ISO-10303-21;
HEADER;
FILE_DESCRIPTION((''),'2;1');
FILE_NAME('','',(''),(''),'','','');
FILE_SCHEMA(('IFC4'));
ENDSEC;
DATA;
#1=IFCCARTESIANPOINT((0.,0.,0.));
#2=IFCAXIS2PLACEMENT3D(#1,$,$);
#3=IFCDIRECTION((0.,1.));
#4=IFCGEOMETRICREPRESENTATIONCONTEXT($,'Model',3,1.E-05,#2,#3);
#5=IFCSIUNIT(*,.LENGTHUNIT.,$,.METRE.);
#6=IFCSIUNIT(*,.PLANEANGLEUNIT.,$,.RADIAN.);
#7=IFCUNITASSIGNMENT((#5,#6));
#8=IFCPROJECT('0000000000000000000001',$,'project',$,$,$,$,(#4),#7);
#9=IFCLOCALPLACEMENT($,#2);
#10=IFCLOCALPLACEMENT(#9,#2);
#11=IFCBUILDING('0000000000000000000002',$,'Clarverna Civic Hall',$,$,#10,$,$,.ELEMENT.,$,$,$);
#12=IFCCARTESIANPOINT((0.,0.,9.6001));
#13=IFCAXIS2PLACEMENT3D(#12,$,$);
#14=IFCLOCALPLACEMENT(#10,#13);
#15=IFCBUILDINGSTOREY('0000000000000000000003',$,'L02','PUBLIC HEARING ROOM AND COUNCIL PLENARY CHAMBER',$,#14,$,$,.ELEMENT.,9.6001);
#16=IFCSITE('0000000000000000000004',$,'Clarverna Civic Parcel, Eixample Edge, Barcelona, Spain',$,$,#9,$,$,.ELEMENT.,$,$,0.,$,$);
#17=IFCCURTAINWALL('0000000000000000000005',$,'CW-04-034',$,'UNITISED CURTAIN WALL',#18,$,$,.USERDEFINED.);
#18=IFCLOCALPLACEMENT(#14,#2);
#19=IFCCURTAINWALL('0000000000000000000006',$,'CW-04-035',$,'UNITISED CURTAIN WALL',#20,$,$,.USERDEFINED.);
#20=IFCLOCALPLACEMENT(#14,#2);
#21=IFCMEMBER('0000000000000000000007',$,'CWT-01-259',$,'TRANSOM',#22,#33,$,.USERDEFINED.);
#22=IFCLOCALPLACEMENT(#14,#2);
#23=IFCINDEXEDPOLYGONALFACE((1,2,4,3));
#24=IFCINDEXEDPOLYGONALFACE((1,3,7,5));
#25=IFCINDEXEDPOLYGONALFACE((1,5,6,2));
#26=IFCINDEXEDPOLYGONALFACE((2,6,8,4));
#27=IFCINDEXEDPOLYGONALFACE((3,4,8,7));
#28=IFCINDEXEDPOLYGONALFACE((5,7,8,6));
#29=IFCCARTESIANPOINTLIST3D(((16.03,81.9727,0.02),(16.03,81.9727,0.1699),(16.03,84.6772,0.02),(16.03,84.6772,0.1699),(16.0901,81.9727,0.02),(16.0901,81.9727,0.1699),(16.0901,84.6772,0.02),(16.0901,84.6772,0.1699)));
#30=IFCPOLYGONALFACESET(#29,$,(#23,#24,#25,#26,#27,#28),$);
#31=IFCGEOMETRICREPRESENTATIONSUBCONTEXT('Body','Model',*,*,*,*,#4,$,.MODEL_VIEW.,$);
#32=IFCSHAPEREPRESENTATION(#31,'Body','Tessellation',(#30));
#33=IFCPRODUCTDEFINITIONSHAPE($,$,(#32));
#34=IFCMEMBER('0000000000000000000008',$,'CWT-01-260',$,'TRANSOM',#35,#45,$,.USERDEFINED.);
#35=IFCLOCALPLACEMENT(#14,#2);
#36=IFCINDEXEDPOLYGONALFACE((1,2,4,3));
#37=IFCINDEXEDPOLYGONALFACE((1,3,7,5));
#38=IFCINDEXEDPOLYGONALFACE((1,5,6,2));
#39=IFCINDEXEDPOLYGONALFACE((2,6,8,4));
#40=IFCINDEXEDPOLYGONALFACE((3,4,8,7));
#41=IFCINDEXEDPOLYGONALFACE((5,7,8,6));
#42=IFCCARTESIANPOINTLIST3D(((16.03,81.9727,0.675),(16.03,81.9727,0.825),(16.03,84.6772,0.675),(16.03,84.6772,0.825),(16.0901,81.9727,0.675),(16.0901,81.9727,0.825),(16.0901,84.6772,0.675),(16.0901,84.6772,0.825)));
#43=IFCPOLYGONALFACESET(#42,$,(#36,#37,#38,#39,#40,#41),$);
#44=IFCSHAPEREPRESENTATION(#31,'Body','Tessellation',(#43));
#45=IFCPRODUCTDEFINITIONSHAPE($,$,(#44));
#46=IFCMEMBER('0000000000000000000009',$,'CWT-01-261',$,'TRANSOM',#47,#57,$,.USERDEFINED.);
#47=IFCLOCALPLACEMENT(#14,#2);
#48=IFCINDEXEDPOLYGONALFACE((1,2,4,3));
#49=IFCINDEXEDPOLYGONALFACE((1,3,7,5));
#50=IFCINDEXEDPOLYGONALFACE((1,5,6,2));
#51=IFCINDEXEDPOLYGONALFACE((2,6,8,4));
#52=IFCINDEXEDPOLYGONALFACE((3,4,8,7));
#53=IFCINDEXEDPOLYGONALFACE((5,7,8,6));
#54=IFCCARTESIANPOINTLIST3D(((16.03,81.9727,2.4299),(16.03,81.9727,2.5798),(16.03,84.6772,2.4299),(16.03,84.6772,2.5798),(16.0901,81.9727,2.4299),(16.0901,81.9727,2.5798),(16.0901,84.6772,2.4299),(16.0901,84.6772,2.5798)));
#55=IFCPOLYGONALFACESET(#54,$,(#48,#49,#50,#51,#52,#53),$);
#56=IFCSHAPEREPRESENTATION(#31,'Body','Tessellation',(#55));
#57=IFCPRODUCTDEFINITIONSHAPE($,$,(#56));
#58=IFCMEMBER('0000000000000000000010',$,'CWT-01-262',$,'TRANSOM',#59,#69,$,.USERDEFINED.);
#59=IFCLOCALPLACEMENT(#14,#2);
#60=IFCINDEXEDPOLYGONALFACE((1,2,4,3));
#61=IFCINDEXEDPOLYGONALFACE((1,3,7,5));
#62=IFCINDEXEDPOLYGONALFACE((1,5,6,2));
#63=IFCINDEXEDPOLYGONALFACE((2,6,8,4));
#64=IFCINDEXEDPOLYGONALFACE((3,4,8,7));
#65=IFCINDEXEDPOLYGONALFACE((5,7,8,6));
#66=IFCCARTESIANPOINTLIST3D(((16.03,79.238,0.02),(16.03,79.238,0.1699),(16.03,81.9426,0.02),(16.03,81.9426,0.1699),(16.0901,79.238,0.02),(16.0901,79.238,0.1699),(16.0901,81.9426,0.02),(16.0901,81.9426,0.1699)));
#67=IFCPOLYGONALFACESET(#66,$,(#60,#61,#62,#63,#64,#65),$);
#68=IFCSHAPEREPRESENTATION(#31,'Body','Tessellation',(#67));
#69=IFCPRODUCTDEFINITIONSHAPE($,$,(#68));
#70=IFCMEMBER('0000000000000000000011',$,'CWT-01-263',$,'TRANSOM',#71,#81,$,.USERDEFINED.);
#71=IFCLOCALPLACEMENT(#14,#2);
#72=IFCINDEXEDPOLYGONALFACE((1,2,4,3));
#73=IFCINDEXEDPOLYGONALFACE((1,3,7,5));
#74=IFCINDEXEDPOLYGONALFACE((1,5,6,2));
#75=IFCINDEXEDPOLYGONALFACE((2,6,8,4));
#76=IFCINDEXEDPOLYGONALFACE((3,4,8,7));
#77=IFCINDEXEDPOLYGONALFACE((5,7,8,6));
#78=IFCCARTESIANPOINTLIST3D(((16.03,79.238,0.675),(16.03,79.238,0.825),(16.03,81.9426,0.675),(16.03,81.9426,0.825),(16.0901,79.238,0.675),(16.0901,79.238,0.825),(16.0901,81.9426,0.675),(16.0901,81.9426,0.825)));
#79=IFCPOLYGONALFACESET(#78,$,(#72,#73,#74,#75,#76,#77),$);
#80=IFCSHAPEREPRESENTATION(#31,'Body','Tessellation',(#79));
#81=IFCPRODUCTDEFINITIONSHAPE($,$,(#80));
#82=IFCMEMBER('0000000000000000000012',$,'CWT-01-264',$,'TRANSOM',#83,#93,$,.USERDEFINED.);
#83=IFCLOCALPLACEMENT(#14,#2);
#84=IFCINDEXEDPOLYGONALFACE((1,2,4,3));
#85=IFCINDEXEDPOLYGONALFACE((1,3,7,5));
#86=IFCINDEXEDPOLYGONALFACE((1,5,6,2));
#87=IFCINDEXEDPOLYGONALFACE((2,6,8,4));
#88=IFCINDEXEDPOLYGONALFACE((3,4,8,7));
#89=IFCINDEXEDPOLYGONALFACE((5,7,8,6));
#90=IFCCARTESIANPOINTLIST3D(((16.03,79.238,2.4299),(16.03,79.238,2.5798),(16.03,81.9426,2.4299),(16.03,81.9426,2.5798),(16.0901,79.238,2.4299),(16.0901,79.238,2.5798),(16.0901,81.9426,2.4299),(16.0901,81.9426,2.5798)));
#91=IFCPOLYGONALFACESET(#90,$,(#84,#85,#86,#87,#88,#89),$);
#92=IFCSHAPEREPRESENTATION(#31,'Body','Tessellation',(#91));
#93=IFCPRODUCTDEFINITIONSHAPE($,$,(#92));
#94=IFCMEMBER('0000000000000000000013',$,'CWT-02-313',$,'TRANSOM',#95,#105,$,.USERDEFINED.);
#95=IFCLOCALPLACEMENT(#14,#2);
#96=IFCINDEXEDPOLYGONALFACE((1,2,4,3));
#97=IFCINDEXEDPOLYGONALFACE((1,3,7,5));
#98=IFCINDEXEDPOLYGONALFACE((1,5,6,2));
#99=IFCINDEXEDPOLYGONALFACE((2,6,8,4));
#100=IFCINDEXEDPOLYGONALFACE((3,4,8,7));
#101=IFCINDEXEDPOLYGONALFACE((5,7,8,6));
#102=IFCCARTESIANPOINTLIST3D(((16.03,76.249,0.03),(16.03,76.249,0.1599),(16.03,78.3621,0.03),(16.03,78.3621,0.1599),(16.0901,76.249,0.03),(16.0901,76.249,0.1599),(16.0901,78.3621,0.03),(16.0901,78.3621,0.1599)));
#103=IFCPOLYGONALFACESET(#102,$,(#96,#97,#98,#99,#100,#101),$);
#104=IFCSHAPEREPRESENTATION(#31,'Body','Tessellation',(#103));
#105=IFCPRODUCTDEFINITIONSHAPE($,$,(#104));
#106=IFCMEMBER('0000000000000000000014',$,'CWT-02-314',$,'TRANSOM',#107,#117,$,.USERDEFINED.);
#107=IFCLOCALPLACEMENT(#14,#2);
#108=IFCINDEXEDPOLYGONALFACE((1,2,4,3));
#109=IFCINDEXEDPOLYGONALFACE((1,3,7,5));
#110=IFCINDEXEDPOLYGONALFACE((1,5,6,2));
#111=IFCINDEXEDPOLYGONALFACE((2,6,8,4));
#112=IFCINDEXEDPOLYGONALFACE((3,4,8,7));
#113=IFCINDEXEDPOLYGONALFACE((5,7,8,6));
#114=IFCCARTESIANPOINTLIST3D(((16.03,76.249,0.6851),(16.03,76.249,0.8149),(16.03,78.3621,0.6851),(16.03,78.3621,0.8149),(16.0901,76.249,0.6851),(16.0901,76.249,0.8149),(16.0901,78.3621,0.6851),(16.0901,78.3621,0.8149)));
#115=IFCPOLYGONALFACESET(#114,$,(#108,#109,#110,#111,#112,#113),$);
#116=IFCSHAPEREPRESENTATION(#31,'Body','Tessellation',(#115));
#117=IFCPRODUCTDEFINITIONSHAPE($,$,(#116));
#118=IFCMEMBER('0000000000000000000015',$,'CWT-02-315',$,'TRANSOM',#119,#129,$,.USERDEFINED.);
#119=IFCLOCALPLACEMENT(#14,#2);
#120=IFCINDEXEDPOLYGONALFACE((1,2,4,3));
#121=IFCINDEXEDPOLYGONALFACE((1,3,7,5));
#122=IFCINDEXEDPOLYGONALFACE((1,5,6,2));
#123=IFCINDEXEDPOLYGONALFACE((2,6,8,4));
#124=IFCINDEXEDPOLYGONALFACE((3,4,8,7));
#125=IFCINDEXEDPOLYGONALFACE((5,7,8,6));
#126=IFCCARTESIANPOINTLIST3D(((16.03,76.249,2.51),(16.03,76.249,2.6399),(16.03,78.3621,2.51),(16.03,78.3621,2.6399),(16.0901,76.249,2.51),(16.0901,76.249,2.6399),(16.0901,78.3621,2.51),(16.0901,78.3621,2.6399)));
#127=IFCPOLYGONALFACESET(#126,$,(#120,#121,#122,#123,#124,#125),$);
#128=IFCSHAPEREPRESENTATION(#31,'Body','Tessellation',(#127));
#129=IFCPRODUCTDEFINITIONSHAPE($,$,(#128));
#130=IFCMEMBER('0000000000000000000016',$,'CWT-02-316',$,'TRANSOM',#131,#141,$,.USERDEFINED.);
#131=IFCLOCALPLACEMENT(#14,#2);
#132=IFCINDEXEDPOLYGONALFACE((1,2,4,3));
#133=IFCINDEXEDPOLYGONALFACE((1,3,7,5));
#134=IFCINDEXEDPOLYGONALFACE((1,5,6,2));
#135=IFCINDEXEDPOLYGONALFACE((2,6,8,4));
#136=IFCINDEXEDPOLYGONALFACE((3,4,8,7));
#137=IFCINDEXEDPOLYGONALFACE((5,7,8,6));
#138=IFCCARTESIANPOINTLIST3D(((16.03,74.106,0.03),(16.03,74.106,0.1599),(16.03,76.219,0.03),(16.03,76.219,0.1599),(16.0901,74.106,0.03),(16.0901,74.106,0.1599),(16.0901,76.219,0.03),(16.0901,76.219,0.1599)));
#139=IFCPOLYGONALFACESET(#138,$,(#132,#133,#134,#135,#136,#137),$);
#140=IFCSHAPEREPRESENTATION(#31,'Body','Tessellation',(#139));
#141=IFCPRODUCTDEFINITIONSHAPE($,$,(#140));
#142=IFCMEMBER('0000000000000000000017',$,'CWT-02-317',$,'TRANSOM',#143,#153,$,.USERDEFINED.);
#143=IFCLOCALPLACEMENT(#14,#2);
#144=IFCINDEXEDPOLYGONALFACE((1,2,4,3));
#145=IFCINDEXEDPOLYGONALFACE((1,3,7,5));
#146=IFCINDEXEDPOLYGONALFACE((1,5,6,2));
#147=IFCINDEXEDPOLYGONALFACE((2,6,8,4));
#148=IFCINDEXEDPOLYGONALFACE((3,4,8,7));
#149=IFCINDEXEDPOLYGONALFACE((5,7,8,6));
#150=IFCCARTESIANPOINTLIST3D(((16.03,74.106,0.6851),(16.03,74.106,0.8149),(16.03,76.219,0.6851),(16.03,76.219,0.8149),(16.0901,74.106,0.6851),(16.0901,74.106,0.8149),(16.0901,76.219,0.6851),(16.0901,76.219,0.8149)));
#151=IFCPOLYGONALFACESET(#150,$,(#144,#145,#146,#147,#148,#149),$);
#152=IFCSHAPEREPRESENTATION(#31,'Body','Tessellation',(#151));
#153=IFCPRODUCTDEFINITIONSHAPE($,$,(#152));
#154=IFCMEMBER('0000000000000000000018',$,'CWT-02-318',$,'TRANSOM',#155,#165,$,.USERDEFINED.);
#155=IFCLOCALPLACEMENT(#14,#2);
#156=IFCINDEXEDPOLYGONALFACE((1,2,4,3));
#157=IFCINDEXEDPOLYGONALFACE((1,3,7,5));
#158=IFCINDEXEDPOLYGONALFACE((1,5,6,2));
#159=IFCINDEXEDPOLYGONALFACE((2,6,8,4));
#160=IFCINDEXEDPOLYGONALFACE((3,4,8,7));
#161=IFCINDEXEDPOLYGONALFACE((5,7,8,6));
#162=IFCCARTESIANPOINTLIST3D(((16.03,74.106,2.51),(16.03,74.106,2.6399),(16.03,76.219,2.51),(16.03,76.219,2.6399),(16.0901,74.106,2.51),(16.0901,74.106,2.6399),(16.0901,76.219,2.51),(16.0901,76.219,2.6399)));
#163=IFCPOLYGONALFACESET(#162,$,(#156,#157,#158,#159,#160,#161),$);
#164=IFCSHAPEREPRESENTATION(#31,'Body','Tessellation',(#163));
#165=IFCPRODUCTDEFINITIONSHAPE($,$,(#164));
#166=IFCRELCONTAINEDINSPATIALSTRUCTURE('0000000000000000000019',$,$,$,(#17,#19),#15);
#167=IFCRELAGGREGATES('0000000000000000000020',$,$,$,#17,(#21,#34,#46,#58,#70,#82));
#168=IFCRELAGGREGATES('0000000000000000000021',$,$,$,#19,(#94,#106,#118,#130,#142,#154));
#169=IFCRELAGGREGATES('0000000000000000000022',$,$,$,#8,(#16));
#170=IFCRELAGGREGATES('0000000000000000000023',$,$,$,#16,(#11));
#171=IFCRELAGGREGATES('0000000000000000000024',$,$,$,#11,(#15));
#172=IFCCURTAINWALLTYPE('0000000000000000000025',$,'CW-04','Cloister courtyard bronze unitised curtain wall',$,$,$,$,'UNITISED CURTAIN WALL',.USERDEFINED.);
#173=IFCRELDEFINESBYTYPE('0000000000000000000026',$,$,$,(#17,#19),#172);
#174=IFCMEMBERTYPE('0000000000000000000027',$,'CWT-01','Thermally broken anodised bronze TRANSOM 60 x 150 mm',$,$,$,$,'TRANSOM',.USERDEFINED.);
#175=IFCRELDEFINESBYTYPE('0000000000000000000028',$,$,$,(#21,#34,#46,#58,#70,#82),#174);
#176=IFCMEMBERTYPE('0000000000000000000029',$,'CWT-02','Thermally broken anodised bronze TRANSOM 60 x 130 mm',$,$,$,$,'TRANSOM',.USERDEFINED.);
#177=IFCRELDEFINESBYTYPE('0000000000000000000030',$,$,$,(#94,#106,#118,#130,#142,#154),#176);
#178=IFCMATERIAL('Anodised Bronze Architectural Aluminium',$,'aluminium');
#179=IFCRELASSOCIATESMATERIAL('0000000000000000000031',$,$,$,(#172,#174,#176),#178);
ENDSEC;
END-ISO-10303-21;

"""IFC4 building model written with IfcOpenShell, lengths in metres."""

from ifc_helpers import new_model, si_unit, direction, frame, origin, origin_2d, place, context, subcontext, project, spatial, rectangle, extrude, material, material_profile, profile_set, type_object, element, aggregate, save


model = new_model("IFC4")

# Units and contexts
model_context = context("Model", 3, precision=1e-05, world=origin(), true_north=direction((0.0, 1.0)))
body_context = subcontext(model_context, "Body", "Model", "MODEL_VIEW")
ifc_project = project(units=[si_unit("LENGTHUNIT", "METRE"), si_unit("PLANEANGLEUNIT", "RADIAN")], contexts=[model_context])

# Site, building, storey
site_placement = place(None, origin())
site = spatial("IfcSite", under=ifc_project, at=site_placement, Name="Clarverna Civic Parcel, Eixample Edge, Barcelona, Spain", CompositionType="ELEMENT", RefElevation=0.0)
building_placement = place(site_placement, origin())
building = spatial("IfcBuilding", under=site, at=building_placement, Name="Clarverna Civic Hall", CompositionType="ELEMENT")
storey_placement = place(building_placement, frame((0.0, 0.0, 9.6001)))
storey = spatial("IfcBuildingStorey", under=building, at=storey_placement, Name="L02", Description="PUBLIC HEARING ROOM AND COUNCIL PLENARY CHAMBER", CompositionType="ELEMENT", Elevation=9.6001)

# Curtain walls
ifc_material_1 = material(Name="Anodised Bronze Architectural Aluminium", Category="aluminium")
curtain_wall_type = type_object("IfcCurtainWallType", Name="CW-04", Description="Cloister courtyard bronze unitised curtain wall", ElementType="UNITISED CURTAIN WALL", PredefinedType="USERDEFINED", material=ifc_material_1)
curtain_wall_1_placement = place(storey_placement, origin())
curtain_wall_1 = element("IfcCurtainWall", 1, at=curtain_wall_1_placement, inside=storey, type_object=curtain_wall_type, Name="CW-04-034", ObjectType="UNITISED CURTAIN WALL", PredefinedType="USERDEFINED")
curtain_wall_2_placement = place(storey_placement, origin())
curtain_wall_2 = element("IfcCurtainWall", 2, at=curtain_wall_2_placement, inside=storey, type_object=curtain_wall_type, Name="CW-04-035", ObjectType="UNITISED CURTAIN WALL", PredefinedType="USERDEFINED")

# Members
ifc_material_profile_1 = material_profile(ifc_material_1, rectangle(XDim=0.0601, YDim=0.1499, at=origin_2d()), Name="BRONZE 60x150")
ifc_profile_set_1 = profile_set([ifc_material_profile_1], Name="Anodised Bronze Architectural Aluminium")
member_type_1 = type_object("IfcMemberType", Name="CWT-01", Description="Thermally broken anodised bronze TRANSOM 60 x 150 mm", ElementType="TRANSOM", PredefinedType="USERDEFINED", material=ifc_profile_set_1)
member_1_placement = place(storey_placement, frame((16.0601, 84.6772, 0.095), z_axis=(0.0, -1.0, 0.0), x_axis=(1.0, 0.0, 0.0)))
member_1 = element("IfcMember", 3, at=member_1_placement, type_object=member_type_1, Name="CWT-01-259", ObjectType="TRANSOM", PredefinedType="USERDEFINED", context=body_context, shape_type="SweptSolid", body=[
    extrude(rectangle(XDim=0.0601, YDim=0.1499, at=origin_2d()), origin(), (0.0, 0.0, 1.0), 2.7046),
])
member_2_placement = place(storey_placement, frame((16.0601, 84.6772, 0.75), z_axis=(0.0, -1.0, 0.0), x_axis=(1.0, 0.0, 0.0)))
member_2 = element("IfcMember", 4, at=member_2_placement, type_object=member_type_1, Name="CWT-01-260", ObjectType="TRANSOM", PredefinedType="USERDEFINED", context=body_context, shape_type="SweptSolid", body=[
    extrude(rectangle(XDim=0.0601, YDim=0.1499, at=origin_2d()), origin(), (0.0, 0.0, 1.0), 2.7046),
])
member_3_placement = place(storey_placement, frame((16.0601, 84.6772, 2.5049), z_axis=(0.0, -1.0, 0.0), x_axis=(1.0, 0.0, 0.0)))
member_3 = element("IfcMember", 5, at=member_3_placement, type_object=member_type_1, Name="CWT-01-261", ObjectType="TRANSOM", PredefinedType="USERDEFINED", context=body_context, shape_type="SweptSolid", body=[
    extrude(rectangle(XDim=0.0601, YDim=0.1499, at=origin_2d()), origin(), (0.0, 0.0, 1.0), 2.7046),
])
member_4_placement = place(storey_placement, frame((16.0601, 81.9426, 0.095), z_axis=(0.0, -1.0, 0.0), x_axis=(1.0, 0.0, 0.0)))
member_4 = element("IfcMember", 6, at=member_4_placement, type_object=member_type_1, Name="CWT-01-262", ObjectType="TRANSOM", PredefinedType="USERDEFINED", context=body_context, shape_type="SweptSolid", body=[
    extrude(rectangle(XDim=0.0601, YDim=0.1499, at=origin_2d()), origin(), (0.0, 0.0, 1.0), 2.7046),
])
member_5_placement = place(storey_placement, frame((16.0601, 81.9426, 0.75), z_axis=(0.0, -1.0, 0.0), x_axis=(1.0, 0.0, 0.0)))
member_5 = element("IfcMember", 7, at=member_5_placement, type_object=member_type_1, Name="CWT-01-263", ObjectType="TRANSOM", PredefinedType="USERDEFINED", context=body_context, shape_type="SweptSolid", body=[
    extrude(rectangle(XDim=0.0601, YDim=0.1499, at=origin_2d()), origin(), (0.0, 0.0, 1.0), 2.7046),
])
member_6_placement = place(storey_placement, frame((16.0601, 81.9426, 2.5049), z_axis=(0.0, -1.0, 0.0), x_axis=(1.0, 0.0, 0.0)))
member_6 = element("IfcMember", 8, at=member_6_placement, type_object=member_type_1, Name="CWT-01-264", ObjectType="TRANSOM", PredefinedType="USERDEFINED", context=body_context, shape_type="SweptSolid", body=[
    extrude(rectangle(XDim=0.0601, YDim=0.1499, at=origin_2d()), origin(), (0.0, 0.0, 1.0), 2.7046),
])
ifc_material_profile_2 = material_profile(ifc_material_1, rectangle(XDim=0.0601, YDim=0.1299, at=origin_2d()), Name="BRONZE 60x130")
ifc_profile_set_2 = profile_set([ifc_material_profile_2], Name="Anodised Bronze Architectural Aluminium")
member_type_2 = type_object("IfcMemberType", Name="CWT-02", Description="Thermally broken anodised bronze TRANSOM 60 x 130 mm", ElementType="TRANSOM", PredefinedType="USERDEFINED", material=ifc_profile_set_2)
member_7_placement = place(storey_placement, frame((16.0601, 78.3621, 0.095), z_axis=(0.0, -1.0, 0.0), x_axis=(1.0, 0.0, 0.0)))
member_7 = element("IfcMember", 9, at=member_7_placement, type_object=member_type_2, Name="CWT-02-313", ObjectType="TRANSOM", PredefinedType="USERDEFINED", context=body_context, shape_type="SweptSolid", body=[
    extrude(rectangle(XDim=0.0601, YDim=0.1299, at=origin_2d()), origin(), (0.0, 0.0, 1.0), 2.113),
])
member_8_placement = place(storey_placement, frame((16.0601, 78.3621, 0.75), z_axis=(0.0, -1.0, 0.0), x_axis=(1.0, 0.0, 0.0)))
member_8 = element("IfcMember", 10, at=member_8_placement, type_object=member_type_2, Name="CWT-02-314", ObjectType="TRANSOM", PredefinedType="USERDEFINED", context=body_context, shape_type="SweptSolid", body=[
    extrude(rectangle(XDim=0.0601, YDim=0.1299, at=origin_2d()), origin(), (0.0, 0.0, 1.0), 2.113),
])
member_9_placement = place(storey_placement, frame((16.0601, 78.3621, 2.575), z_axis=(0.0, -1.0, 0.0), x_axis=(1.0, 0.0, 0.0)))
member_9 = element("IfcMember", 11, at=member_9_placement, type_object=member_type_2, Name="CWT-02-315", ObjectType="TRANSOM", PredefinedType="USERDEFINED", context=body_context, shape_type="SweptSolid", body=[
    extrude(rectangle(XDim=0.0601, YDim=0.1299, at=origin_2d()), origin(), (0.0, 0.0, 1.0), 2.113),
])
member_10_placement = place(storey_placement, frame((16.0601, 76.219, 0.095), z_axis=(0.0, -1.0, 0.0), x_axis=(1.0, 0.0, 0.0)))
member_10 = element("IfcMember", 12, at=member_10_placement, type_object=member_type_2, Name="CWT-02-316", ObjectType="TRANSOM", PredefinedType="USERDEFINED", context=body_context, shape_type="SweptSolid", body=[
    extrude(rectangle(XDim=0.0601, YDim=0.1299, at=origin_2d()), origin(), (0.0, 0.0, 1.0), 2.113),
])
member_11_placement = place(storey_placement, frame((16.0601, 76.219, 0.75), z_axis=(0.0, -1.0, 0.0), x_axis=(1.0, 0.0, 0.0)))
member_11 = element("IfcMember", 13, at=member_11_placement, type_object=member_type_2, Name="CWT-02-317", ObjectType="TRANSOM", PredefinedType="USERDEFINED", context=body_context, shape_type="SweptSolid", body=[
    extrude(rectangle(XDim=0.0601, YDim=0.1299, at=origin_2d()), origin(), (0.0, 0.0, 1.0), 2.113),
])
member_12_placement = place(storey_placement, frame((16.0601, 76.219, 2.575), z_axis=(0.0, -1.0, 0.0), x_axis=(1.0, 0.0, 0.0)))
member_12 = element("IfcMember", 14, at=member_12_placement, type_object=member_type_2, Name="CWT-02-318", ObjectType="TRANSOM", PredefinedType="USERDEFINED", context=body_context, shape_type="SweptSolid", body=[
    extrude(rectangle(XDim=0.0601, YDim=0.1299, at=origin_2d()), origin(), (0.0, 0.0, 1.0), 2.113),
])

aggregate(curtain_wall_1, [member_1, member_2, member_3, member_4, member_5, member_6])
aggregate(curtain_wall_2, [member_7, member_8, member_9, member_10, member_11, member_12])

save(model, "model.ifc")
